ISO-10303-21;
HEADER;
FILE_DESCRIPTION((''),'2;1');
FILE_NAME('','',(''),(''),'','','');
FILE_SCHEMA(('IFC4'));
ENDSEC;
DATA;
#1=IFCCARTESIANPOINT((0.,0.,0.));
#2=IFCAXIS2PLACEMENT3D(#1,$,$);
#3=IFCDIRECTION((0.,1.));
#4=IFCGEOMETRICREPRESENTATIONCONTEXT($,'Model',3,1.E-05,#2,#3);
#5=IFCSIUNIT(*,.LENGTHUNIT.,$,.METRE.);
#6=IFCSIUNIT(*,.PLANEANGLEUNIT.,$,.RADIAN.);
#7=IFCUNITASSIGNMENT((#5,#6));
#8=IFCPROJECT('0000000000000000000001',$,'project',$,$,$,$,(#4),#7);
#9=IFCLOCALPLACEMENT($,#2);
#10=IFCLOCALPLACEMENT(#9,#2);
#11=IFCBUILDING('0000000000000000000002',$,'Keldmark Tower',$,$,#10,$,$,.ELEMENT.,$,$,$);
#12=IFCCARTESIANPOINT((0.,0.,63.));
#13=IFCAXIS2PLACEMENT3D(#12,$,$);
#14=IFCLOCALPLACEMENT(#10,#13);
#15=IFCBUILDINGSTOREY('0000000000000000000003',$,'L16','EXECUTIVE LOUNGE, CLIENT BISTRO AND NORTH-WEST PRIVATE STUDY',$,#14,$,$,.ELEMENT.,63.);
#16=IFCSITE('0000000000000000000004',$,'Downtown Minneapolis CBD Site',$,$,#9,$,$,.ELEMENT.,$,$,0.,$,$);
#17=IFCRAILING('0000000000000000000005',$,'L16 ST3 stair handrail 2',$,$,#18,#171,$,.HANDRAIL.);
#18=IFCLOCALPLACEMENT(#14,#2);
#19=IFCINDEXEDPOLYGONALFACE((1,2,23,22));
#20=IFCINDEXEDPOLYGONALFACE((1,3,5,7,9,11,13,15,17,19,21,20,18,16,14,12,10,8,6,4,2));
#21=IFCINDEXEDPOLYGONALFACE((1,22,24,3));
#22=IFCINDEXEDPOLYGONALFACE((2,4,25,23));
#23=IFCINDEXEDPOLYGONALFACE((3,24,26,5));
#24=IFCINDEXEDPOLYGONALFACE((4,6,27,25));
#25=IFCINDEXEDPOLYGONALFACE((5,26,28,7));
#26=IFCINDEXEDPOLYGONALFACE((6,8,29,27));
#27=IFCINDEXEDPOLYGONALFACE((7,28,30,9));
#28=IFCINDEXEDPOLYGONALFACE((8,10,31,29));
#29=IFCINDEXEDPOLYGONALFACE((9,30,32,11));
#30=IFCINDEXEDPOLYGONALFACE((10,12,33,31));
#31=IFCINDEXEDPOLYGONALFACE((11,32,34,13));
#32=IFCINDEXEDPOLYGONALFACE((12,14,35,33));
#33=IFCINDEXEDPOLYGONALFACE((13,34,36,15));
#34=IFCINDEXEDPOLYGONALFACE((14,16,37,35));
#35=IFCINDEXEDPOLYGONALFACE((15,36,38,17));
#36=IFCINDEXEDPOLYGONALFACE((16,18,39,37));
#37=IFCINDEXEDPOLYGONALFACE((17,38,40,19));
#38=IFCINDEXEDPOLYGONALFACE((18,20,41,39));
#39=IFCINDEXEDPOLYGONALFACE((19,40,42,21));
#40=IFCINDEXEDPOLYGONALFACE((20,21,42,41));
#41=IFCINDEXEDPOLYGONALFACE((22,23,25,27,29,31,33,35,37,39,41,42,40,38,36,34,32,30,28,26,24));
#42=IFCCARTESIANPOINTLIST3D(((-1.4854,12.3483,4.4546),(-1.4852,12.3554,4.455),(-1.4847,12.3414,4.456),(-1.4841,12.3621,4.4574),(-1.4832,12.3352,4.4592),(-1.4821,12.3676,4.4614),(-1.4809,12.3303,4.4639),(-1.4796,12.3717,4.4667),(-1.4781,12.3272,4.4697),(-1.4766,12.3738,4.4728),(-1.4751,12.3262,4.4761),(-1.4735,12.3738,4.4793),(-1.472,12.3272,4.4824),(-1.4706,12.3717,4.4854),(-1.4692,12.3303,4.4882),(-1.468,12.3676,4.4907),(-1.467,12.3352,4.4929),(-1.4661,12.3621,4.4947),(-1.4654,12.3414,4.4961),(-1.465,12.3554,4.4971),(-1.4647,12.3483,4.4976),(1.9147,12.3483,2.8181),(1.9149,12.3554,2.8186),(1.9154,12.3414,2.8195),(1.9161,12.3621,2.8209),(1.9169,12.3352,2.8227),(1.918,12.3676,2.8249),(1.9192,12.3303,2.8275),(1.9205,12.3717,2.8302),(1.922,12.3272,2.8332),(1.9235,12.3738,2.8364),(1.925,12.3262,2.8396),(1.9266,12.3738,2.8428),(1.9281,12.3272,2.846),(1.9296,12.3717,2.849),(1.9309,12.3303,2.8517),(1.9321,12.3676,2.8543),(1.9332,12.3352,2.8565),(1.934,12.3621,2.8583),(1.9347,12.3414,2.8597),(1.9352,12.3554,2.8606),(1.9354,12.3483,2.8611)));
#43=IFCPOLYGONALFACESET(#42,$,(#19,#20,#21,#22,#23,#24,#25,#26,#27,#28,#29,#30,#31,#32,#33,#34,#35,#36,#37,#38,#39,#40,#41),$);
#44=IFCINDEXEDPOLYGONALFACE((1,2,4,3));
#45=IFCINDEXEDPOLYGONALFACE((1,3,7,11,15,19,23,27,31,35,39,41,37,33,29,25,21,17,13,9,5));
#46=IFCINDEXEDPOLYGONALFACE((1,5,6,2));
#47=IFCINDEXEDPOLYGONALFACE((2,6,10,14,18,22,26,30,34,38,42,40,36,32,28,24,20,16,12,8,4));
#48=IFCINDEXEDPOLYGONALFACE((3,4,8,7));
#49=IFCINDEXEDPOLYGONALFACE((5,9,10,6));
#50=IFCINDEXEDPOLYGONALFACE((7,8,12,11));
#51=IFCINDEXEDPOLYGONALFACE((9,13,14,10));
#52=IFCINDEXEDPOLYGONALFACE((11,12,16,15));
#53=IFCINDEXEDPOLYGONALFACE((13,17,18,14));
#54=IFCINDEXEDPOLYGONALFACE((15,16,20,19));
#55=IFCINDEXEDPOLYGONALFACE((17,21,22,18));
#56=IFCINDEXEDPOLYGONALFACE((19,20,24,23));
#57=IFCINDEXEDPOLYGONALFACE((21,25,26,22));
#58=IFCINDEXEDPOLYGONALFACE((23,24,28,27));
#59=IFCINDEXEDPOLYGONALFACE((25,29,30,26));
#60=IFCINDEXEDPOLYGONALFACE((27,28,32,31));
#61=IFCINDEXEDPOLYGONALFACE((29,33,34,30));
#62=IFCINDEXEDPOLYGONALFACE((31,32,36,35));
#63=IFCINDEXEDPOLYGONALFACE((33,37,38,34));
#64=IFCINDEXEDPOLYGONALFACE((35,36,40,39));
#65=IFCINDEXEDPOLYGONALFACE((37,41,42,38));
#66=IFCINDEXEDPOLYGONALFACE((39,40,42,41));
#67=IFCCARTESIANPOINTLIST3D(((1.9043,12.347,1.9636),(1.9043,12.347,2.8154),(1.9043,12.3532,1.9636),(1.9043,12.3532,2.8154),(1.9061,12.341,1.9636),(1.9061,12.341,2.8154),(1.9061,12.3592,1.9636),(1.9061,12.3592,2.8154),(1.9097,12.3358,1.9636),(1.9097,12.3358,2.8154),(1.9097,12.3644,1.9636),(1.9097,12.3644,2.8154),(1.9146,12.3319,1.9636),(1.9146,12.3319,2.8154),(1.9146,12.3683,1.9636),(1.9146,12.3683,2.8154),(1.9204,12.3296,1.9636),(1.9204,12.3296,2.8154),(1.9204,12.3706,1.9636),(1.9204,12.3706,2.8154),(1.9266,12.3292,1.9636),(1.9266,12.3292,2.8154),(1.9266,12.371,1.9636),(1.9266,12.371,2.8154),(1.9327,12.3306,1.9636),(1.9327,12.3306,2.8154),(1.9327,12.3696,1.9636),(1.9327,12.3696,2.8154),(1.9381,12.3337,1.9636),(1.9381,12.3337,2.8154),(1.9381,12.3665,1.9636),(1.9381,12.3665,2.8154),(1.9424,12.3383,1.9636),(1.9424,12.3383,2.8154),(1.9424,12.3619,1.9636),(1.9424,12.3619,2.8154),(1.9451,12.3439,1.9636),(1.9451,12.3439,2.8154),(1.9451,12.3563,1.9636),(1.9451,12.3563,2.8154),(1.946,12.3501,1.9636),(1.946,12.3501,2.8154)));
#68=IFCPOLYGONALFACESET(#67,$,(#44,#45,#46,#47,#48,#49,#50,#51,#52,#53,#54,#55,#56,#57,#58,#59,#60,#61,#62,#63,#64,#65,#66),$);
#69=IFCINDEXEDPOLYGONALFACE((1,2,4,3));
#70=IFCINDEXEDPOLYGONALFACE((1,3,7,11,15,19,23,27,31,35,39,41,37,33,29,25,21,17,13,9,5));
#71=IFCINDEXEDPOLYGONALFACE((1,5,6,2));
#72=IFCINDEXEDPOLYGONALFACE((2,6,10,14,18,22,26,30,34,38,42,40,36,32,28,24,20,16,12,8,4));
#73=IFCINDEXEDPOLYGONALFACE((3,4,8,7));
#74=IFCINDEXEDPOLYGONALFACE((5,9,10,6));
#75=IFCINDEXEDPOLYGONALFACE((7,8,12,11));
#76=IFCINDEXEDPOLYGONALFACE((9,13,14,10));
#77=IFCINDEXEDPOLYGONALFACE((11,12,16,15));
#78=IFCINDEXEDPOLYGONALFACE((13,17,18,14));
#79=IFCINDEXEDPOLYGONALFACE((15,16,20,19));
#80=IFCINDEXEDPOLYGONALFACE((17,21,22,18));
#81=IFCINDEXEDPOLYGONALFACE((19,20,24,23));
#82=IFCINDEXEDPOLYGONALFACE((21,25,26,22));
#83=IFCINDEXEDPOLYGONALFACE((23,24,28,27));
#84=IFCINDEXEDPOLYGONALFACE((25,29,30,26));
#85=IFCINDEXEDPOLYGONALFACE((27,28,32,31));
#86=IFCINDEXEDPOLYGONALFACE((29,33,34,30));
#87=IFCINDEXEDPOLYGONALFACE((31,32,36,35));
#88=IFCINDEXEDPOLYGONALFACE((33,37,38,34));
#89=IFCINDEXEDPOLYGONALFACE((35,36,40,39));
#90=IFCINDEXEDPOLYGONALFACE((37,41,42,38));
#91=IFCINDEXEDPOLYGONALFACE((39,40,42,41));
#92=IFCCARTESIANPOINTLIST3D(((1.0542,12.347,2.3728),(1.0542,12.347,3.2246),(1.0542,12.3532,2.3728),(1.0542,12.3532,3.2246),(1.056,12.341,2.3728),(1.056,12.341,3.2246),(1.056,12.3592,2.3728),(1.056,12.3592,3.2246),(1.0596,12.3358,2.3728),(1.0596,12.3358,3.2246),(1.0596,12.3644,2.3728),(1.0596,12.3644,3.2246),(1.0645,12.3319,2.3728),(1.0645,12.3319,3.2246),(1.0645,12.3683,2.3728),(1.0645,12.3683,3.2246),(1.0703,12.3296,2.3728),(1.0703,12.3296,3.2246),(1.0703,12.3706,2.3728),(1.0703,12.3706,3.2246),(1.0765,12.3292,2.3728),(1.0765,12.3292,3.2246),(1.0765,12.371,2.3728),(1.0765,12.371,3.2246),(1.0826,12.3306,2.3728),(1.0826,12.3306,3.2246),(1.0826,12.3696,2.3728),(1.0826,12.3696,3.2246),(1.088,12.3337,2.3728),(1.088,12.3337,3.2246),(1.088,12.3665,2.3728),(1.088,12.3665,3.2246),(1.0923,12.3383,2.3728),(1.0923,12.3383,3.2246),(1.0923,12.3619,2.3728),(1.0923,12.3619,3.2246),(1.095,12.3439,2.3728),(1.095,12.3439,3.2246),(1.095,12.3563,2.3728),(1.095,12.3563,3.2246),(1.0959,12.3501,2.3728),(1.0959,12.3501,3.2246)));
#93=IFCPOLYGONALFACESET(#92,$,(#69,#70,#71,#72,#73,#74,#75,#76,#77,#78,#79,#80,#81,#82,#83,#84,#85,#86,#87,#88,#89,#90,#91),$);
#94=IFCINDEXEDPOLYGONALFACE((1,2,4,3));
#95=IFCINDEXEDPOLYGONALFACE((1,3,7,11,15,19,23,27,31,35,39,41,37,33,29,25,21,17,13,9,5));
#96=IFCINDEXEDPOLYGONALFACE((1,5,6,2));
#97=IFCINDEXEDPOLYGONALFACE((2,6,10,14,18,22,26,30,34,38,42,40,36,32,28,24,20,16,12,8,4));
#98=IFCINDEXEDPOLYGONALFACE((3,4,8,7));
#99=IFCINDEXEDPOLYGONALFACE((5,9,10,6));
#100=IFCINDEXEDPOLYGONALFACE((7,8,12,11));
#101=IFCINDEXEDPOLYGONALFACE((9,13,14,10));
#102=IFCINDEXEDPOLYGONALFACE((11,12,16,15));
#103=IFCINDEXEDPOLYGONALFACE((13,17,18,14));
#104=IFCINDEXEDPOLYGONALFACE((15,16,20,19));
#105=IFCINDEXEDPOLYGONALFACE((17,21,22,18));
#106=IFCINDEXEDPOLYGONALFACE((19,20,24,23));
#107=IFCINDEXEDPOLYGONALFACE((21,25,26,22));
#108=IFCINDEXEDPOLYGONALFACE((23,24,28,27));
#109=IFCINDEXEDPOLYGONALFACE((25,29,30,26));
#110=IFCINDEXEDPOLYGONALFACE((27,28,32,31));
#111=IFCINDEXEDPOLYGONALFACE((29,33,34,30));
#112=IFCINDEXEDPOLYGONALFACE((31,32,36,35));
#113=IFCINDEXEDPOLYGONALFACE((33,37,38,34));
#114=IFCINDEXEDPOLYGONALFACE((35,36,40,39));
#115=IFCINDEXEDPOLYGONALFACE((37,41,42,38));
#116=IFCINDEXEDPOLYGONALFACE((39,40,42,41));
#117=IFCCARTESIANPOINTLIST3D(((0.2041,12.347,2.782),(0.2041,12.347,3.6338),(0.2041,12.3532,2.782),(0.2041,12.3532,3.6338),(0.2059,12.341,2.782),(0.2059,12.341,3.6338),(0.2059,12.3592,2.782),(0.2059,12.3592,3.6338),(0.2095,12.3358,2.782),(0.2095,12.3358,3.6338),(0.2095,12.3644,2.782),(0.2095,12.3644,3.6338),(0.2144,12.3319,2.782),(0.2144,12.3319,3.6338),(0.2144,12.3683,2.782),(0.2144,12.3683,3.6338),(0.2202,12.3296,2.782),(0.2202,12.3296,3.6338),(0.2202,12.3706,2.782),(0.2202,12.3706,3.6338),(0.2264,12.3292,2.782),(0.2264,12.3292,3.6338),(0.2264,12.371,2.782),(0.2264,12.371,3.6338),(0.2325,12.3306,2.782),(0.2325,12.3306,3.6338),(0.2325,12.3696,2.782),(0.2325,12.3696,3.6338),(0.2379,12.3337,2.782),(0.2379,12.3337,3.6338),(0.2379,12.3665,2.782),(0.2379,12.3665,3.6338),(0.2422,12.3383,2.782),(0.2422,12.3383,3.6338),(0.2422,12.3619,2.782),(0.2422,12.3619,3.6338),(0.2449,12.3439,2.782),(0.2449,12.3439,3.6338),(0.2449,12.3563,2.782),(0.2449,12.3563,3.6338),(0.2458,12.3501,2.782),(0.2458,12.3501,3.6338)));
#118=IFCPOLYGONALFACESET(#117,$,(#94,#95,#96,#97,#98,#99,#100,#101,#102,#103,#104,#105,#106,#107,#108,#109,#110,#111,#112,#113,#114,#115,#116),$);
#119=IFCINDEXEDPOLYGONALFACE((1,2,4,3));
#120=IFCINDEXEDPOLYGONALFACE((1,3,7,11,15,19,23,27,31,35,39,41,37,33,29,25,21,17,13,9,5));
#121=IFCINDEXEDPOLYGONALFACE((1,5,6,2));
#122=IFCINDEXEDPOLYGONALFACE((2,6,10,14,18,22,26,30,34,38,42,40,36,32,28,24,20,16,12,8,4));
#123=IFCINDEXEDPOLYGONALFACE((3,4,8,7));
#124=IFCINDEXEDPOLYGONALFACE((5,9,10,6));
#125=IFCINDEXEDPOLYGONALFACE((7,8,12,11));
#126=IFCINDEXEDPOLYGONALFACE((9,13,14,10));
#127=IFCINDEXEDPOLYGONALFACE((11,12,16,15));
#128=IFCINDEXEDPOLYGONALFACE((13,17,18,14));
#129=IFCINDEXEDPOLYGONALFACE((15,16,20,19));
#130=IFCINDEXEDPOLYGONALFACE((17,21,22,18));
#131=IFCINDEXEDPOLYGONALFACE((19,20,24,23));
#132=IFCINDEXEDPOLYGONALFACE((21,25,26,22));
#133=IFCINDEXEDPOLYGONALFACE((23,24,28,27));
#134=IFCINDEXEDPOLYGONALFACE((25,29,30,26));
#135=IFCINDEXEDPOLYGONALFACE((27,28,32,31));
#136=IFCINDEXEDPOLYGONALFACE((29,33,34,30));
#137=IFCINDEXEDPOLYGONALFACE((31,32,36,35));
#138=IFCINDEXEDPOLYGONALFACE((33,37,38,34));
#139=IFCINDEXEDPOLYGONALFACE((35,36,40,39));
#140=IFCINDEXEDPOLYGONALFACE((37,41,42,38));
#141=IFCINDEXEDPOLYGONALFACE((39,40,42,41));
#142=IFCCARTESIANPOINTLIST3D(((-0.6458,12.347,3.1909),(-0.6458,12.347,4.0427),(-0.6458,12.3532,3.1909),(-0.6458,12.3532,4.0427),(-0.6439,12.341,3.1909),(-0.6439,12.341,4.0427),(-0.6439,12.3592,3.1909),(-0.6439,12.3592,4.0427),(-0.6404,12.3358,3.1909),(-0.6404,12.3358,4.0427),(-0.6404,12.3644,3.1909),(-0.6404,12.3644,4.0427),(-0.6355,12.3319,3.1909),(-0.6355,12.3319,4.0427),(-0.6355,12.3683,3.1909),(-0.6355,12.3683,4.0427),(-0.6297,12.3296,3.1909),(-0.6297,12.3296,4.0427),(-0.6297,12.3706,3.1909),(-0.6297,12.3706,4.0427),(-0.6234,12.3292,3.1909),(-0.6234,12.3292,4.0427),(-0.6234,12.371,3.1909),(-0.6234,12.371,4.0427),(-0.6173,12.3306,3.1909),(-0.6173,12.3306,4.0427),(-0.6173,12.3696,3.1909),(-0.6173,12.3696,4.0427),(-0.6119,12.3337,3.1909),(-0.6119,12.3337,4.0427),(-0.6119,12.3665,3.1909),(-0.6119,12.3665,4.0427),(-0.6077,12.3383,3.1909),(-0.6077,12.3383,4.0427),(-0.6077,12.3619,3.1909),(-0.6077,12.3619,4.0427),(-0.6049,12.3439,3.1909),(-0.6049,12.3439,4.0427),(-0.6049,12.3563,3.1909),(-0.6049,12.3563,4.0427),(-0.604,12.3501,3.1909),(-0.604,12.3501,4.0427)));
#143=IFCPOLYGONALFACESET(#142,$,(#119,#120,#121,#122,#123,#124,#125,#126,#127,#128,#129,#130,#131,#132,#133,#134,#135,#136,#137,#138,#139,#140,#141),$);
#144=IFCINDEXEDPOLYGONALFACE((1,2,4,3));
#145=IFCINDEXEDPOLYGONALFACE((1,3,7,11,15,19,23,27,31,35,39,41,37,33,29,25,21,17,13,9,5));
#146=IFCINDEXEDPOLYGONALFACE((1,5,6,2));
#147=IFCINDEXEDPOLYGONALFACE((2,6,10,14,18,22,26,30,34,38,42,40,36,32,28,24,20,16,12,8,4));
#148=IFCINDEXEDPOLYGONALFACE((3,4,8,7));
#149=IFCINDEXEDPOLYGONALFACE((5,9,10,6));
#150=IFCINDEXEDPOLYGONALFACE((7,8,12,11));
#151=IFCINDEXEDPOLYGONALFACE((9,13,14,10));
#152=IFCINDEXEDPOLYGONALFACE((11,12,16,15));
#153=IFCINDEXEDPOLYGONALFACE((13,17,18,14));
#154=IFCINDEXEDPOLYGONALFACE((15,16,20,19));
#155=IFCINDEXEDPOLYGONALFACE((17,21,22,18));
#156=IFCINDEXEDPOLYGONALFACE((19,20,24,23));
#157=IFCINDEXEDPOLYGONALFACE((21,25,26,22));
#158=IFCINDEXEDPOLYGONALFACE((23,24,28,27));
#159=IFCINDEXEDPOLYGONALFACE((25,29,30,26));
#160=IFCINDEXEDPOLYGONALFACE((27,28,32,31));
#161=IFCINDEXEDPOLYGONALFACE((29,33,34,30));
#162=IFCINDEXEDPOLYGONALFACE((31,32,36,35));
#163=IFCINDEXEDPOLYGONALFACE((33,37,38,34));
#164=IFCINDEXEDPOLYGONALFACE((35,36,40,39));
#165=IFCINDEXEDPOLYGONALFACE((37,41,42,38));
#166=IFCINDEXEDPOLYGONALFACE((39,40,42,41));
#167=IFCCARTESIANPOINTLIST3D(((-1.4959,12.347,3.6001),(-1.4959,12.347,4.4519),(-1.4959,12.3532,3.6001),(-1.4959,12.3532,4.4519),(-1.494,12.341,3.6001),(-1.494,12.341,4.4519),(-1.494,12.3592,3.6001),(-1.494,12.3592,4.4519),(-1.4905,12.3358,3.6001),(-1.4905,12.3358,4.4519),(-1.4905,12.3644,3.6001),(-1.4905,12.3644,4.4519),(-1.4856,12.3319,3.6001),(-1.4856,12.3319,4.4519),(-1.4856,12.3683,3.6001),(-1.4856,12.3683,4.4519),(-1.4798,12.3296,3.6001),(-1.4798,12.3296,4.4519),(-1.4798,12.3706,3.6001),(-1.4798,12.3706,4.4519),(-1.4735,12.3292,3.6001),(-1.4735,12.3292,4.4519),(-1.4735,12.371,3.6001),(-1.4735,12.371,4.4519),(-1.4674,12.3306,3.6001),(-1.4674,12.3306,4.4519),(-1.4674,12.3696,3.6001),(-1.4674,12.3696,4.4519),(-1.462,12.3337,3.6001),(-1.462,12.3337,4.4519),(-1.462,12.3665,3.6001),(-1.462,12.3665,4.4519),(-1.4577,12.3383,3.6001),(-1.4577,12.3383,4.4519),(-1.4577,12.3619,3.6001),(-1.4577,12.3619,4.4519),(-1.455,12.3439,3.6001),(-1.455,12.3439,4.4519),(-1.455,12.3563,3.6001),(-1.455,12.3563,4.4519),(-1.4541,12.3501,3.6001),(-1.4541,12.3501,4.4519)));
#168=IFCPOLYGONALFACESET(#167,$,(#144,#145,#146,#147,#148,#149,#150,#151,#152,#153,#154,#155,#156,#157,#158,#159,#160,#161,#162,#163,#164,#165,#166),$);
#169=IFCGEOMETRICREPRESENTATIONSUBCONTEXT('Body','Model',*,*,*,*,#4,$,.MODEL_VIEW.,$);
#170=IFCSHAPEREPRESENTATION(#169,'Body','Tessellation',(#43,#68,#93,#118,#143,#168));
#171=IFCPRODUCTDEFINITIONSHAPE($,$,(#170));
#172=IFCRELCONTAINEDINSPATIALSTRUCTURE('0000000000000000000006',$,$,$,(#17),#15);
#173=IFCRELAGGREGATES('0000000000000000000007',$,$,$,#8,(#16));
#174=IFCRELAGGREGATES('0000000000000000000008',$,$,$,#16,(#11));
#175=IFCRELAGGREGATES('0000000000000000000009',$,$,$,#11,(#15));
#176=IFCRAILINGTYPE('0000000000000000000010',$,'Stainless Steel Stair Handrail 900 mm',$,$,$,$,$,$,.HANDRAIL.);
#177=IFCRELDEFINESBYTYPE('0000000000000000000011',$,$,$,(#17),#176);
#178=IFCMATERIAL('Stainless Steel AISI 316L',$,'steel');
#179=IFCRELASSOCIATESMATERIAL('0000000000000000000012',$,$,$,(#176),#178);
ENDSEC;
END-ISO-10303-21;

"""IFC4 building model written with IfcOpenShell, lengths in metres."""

from ifc_helpers import new_model, si_unit, direction, frame, origin, origin_2d, place, context, subcontext, project, spatial, circle, extrude, material, type_object, element, save


model = new_model("IFC4")

# Units and contexts
model_context = context("Model", 3, precision=1e-05, world=origin(), true_north=direction((0.0, 1.0)))
body_context = subcontext(model_context, "Body", "Model", "MODEL_VIEW")
ifc_project = project(units=[si_unit("LENGTHUNIT", "METRE"), si_unit("PLANEANGLEUNIT", "RADIAN")], contexts=[model_context])

# Site, building, storey
site_placement = place(None, origin())
site = spatial("IfcSite", under=ifc_project, at=site_placement, Name="Downtown Minneapolis CBD Site", CompositionType="ELEMENT", RefElevation=0.0)
building_placement = place(site_placement, origin())
building = spatial("IfcBuilding", under=site, at=building_placement, Name="Keldmark Tower", CompositionType="ELEMENT")
storey_placement = place(building_placement, frame((0.0, 0.0, 63.0)))
storey = spatial("IfcBuildingStorey", under=building, at=storey_placement, Name="L16", Description="EXECUTIVE LOUNGE, CLIENT BISTRO AND NORTH-WEST PRIVATE STUDY", CompositionType="ELEMENT", Elevation=63.0)

# Railing
ifc_material_1 = material(Name="Stainless Steel AISI 316L", Category="steel")
railing_type_1 = type_object("IfcRailingType", Name="Stainless Steel Stair Handrail 900 mm", PredefinedType="HANDRAIL", material=ifc_material_1)
railing_1_placement = place(storey_placement, frame((1.925, 12.3501, 1.9636)))
element("IfcRailing", 1, at=railing_1_placement, inside=storey, type_object=railing_type_1, Name="L16 ST3 stair handrail 2", PredefinedType="HANDRAIL", context=body_context, shape_type="SweptSolid", body=[
    extrude(circle(Radius=0.0239, at=origin_2d()), frame((0.0, 0.0, 0.876), z_axis=(-0.901067, 0.0, 0.433679), x_axis=(0.0, -1.0, 0.0)), (0.0, 0.0, 1.0), 3.7734),
    extrude(circle(Radius=0.021, at=origin_2d()), origin(), (0.0, 0.0, 1.0), 0.8518),
    extrude(circle(Radius=0.021, at=origin_2d()), frame((-0.8501, 0.0, 0.4092)), (0.0, 0.0, 1.0), 0.8518),
    extrude(circle(Radius=0.021, at=origin_2d()), frame((-1.7002, 0.0, 0.8184)), (0.0, 0.0, 1.0), 0.8518),
    extrude(circle(Radius=0.021, at=origin_2d()), frame((-2.55, 0.0, 1.2273)), (0.0, 0.0, 1.0), 0.8518),
    extrude(circle(Radius=0.021, at=origin_2d()), frame((-3.4001, 0.0, 1.6365)), (0.0, 0.0, 1.0), 0.8518),
])

save(model, "model.ifc")
